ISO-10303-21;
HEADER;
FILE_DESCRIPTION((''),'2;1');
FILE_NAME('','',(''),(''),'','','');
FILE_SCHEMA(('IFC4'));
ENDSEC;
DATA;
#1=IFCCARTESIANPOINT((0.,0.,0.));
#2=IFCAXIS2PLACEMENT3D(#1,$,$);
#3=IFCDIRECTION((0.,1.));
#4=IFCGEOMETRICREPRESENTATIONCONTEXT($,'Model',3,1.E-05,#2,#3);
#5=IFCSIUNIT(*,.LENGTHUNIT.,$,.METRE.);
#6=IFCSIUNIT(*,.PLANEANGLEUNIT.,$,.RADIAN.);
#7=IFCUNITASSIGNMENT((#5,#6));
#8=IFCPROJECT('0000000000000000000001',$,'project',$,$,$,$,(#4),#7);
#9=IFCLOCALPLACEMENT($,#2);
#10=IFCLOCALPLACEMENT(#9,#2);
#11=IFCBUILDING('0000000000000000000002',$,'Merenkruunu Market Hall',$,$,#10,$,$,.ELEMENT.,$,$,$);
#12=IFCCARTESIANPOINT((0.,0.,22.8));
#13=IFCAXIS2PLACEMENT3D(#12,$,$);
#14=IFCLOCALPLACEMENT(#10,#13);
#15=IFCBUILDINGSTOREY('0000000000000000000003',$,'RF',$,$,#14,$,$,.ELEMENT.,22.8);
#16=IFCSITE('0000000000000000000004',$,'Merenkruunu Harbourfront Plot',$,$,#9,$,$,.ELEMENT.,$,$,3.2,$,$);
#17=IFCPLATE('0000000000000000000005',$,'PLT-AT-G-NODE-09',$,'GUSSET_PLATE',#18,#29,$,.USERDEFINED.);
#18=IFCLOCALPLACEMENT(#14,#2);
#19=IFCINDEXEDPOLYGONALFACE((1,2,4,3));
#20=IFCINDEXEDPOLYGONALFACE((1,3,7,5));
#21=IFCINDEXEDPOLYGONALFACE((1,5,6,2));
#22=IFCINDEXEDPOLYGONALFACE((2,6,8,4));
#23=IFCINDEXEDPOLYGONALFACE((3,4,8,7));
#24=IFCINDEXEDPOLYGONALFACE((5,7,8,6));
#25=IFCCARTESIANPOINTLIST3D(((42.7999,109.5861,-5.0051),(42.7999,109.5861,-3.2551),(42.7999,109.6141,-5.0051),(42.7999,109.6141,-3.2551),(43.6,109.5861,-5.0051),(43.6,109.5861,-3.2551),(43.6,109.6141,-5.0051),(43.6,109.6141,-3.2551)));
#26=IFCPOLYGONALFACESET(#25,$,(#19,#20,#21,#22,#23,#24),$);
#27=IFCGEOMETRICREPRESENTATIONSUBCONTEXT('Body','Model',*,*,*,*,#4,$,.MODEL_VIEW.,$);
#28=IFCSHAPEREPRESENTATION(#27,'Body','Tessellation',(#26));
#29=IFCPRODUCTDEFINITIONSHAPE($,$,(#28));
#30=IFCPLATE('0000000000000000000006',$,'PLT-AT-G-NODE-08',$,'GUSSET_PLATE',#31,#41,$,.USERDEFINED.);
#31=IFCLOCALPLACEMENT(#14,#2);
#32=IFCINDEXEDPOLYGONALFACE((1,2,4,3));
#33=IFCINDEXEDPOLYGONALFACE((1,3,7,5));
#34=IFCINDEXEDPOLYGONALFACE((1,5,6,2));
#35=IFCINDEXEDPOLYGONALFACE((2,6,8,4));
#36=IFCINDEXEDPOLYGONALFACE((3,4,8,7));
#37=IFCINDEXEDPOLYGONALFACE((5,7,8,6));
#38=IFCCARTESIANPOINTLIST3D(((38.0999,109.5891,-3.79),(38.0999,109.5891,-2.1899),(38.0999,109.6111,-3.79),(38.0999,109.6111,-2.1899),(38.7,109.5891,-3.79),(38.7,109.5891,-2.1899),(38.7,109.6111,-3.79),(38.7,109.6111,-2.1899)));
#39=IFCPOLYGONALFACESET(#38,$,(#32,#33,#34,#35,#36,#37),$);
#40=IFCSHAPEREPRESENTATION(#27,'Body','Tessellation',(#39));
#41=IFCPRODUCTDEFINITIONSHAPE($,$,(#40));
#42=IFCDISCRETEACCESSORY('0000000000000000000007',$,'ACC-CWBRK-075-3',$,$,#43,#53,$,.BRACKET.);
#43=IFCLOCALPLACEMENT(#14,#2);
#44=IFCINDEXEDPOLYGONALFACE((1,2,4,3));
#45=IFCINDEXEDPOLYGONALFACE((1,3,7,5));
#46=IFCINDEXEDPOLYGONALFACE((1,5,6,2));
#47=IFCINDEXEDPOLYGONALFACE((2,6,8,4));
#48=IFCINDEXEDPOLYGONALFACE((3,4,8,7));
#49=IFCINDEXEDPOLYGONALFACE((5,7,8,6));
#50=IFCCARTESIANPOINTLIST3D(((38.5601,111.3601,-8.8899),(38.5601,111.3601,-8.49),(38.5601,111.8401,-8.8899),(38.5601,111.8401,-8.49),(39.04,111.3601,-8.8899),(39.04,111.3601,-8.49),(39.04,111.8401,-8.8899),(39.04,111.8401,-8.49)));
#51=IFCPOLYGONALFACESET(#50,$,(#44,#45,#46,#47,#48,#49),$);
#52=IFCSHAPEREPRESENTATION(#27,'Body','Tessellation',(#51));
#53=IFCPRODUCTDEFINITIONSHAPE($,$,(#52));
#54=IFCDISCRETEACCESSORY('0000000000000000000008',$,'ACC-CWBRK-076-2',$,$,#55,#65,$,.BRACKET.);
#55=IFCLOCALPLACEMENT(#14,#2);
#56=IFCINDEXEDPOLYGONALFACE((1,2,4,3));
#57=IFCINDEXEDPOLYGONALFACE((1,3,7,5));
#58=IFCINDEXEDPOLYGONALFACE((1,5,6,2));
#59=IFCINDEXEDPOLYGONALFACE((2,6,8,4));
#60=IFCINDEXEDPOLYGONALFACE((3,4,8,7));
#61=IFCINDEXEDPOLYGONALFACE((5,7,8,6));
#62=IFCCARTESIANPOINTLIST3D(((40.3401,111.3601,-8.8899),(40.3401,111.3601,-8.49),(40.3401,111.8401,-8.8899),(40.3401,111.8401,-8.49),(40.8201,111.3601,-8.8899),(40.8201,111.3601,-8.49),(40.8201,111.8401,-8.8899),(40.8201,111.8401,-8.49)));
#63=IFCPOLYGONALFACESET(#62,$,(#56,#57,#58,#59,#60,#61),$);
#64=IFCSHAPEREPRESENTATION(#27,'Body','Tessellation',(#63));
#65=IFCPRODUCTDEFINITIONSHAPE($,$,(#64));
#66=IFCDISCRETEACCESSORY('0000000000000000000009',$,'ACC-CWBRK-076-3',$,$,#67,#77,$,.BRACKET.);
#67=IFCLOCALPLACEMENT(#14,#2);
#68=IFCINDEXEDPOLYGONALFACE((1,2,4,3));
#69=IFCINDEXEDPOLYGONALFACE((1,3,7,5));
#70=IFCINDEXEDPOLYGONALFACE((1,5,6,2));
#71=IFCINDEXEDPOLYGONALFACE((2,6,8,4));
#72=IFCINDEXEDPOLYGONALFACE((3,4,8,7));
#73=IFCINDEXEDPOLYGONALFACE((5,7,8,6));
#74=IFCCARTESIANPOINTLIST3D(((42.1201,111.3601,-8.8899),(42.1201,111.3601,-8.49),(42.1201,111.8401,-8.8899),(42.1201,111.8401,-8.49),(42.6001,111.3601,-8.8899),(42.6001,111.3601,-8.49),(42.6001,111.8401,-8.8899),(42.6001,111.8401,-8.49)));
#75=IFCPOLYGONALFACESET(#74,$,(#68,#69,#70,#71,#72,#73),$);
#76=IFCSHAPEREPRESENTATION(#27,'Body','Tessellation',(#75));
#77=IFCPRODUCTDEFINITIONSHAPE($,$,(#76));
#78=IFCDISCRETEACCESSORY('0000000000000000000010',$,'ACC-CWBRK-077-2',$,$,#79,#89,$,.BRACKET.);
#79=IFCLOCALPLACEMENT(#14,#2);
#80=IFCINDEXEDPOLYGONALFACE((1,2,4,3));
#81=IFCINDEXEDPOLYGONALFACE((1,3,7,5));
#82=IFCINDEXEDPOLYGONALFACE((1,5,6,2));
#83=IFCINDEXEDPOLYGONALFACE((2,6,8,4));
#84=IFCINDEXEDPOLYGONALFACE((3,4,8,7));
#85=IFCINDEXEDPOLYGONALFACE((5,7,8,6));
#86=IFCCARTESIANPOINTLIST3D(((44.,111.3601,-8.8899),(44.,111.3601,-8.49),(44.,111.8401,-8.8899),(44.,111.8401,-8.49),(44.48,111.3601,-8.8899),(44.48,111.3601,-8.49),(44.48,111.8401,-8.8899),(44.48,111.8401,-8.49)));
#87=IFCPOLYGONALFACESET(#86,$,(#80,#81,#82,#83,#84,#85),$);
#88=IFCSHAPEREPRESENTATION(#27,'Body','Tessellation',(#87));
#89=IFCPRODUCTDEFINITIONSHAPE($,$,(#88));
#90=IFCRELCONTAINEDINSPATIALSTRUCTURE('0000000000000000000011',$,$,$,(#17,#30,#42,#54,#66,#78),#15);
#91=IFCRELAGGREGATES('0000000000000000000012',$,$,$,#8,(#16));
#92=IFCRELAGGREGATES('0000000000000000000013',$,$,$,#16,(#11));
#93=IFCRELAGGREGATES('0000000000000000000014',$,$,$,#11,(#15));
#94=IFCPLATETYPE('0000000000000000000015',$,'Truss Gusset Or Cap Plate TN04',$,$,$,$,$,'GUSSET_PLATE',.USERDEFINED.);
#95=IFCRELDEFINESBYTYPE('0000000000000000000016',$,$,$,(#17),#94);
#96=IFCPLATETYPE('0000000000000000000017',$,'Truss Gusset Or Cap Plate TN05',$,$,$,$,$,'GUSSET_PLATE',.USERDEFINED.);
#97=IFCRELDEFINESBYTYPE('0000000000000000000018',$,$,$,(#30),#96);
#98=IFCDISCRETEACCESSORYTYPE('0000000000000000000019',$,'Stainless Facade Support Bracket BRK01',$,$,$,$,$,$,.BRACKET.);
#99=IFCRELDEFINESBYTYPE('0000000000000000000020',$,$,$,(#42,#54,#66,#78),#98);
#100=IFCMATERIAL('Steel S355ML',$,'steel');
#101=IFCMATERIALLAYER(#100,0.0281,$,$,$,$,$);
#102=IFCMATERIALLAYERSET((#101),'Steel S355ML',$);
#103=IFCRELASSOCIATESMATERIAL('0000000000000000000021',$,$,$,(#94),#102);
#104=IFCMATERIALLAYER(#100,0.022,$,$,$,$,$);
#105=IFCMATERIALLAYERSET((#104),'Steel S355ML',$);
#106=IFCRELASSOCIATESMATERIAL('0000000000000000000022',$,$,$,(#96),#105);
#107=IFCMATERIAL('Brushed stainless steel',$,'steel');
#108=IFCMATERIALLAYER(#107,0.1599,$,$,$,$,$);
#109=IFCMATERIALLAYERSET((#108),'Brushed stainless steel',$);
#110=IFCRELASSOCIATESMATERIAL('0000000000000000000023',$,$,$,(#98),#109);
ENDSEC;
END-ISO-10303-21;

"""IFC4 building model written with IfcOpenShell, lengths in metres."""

from ifc_helpers import new_model, si_unit, direction, frame, origin, origin_2d, place, context, subcontext, project, spatial, rectangle, extrude, material, layer, layer_set, type_object, element, save


model = new_model("IFC4")

# Units and contexts
model_context = context("Model", 3, precision=1e-05, world=origin(), true_north=direction((0.0, 1.0)))
body_context = subcontext(model_context, "Body", "Model", "MODEL_VIEW")
ifc_project = project(units=[si_unit("LENGTHUNIT", "METRE"), si_unit("PLANEANGLEUNIT", "RADIAN")], contexts=[model_context])

# Site, building, storey
site_placement = place(None, origin())
site = spatial("IfcSite", under=ifc_project, at=site_placement, Name="Merenkruunu Harbourfront Plot", CompositionType="ELEMENT", RefElevation=3.2)
building_placement = place(site_placement, origin())
building = spatial("IfcBuilding", under=site, at=building_placement, Name="Merenkruunu Market Hall", CompositionType="ELEMENT")
storey_placement = place(building_placement, frame((0.0, 0.0, 22.8)))
storey = spatial("IfcBuildingStorey", under=building, at=storey_placement, Name="RF", CompositionType="ELEMENT", Elevation=22.8)

# Shared definitions
ifc_material_1 = material(Name="Steel S355ML", Category="steel")

# Plates
ifc_layer_1 = layer(ifc_material_1, 0.0281)
ifc_layer_set_1 = layer_set([ifc_layer_1], Name="Steel S355ML")
plate_type_1 = type_object("IfcPlateType", Name="Truss Gusset Or Cap Plate TN04", ElementType="GUSSET_PLATE", PredefinedType="USERDEFINED", material=ifc_layer_set_1)
plate_1_placement = place(storey_placement, frame((43.2, 109.6001, -5.0051), z_axis=(0.0, 0.0, 1.0), x_axis=(1.0, 0.0, 0.0)))
element("IfcPlate", 1, at=plate_1_placement, inside=storey, type_object=plate_type_1, Name="PLT-AT-G-NODE-09", ObjectType="GUSSET_PLATE", PredefinedType="USERDEFINED", context=body_context, shape_type="SweptSolid", body=[
    extrude(rectangle(XDim=0.8, YDim=0.0281, at=origin_2d()), origin(), (0.0, 0.0, 1.0), 1.75),
])
ifc_layer_2 = layer(ifc_material_1, 0.022)
ifc_layer_set_2 = layer_set([ifc_layer_2], Name="Steel S355ML")
plate_type_2 = type_object("IfcPlateType", Name="Truss Gusset Or Cap Plate TN05", ElementType="GUSSET_PLATE", PredefinedType="USERDEFINED", material=ifc_layer_set_2)
plate_2_placement = place(storey_placement, frame((38.3999, 109.6001, -3.79), z_axis=(0.0, 0.0, 1.0), x_axis=(1.0, 0.0, 0.0)))
element("IfcPlate", 2, at=plate_2_placement, inside=storey, type_object=plate_type_2, Name="PLT-AT-G-NODE-08", ObjectType="GUSSET_PLATE", PredefinedType="USERDEFINED", context=body_context, shape_type="SweptSolid", body=[
    extrude(rectangle(XDim=0.6001, YDim=0.022, at=origin_2d()), origin(), (0.0, 0.0, 1.0), 1.6001),
])

# Discrete accessories
ifc_material_2 = material(Name="Brushed stainless steel", Category="steel")
ifc_layer_3 = layer(ifc_material_2, 0.1599)
ifc_layer_set_3 = layer_set([ifc_layer_3], Name="Brushed stainless steel")
discrete_accessory_type = type_object("IfcDiscreteAccessoryType", Name="Stainless Facade Support Bracket BRK01", PredefinedType="BRACKET", material=ifc_layer_set_3)
for number, where, z_axis, x_axis, name in (
    (3, (38.8, 111.6001, -8.8899), (0.0, 0.0, 1.0), (1.0, 0.0, 0.0), "ACC-CWBRK-075-3"),
    (4, (40.5801, 111.6001, -8.8899), (0.0, 0.0, 1.0), (1.0, 0.0, 0.0), "ACC-CWBRK-076-2"),
    (5, (42.3601, 111.6001, -8.8899), (0.0, 0.0, 1.0), (1.0, 0.0, 0.0), "ACC-CWBRK-076-3"),
    (6, (44.24, 111.6001, -8.8899), (0.0, 0.0, 1.0), (1.0, 0.0, 0.0), "ACC-CWBRK-077-2"),
):
    element("IfcDiscreteAccessory", number, at=place(storey_placement, frame(where, z_axis=z_axis, x_axis=x_axis)), inside=storey, type_object=discrete_accessory_type, Name=name, PredefinedType="BRACKET", context=body_context, shape_type="SweptSolid", body=[
        extrude(rectangle(XDim=0.48, YDim=0.48, at=origin_2d()), origin(), (0.0, 0.0, 1.0), 0.3999),
    ])

save(model, "model.ifc")
